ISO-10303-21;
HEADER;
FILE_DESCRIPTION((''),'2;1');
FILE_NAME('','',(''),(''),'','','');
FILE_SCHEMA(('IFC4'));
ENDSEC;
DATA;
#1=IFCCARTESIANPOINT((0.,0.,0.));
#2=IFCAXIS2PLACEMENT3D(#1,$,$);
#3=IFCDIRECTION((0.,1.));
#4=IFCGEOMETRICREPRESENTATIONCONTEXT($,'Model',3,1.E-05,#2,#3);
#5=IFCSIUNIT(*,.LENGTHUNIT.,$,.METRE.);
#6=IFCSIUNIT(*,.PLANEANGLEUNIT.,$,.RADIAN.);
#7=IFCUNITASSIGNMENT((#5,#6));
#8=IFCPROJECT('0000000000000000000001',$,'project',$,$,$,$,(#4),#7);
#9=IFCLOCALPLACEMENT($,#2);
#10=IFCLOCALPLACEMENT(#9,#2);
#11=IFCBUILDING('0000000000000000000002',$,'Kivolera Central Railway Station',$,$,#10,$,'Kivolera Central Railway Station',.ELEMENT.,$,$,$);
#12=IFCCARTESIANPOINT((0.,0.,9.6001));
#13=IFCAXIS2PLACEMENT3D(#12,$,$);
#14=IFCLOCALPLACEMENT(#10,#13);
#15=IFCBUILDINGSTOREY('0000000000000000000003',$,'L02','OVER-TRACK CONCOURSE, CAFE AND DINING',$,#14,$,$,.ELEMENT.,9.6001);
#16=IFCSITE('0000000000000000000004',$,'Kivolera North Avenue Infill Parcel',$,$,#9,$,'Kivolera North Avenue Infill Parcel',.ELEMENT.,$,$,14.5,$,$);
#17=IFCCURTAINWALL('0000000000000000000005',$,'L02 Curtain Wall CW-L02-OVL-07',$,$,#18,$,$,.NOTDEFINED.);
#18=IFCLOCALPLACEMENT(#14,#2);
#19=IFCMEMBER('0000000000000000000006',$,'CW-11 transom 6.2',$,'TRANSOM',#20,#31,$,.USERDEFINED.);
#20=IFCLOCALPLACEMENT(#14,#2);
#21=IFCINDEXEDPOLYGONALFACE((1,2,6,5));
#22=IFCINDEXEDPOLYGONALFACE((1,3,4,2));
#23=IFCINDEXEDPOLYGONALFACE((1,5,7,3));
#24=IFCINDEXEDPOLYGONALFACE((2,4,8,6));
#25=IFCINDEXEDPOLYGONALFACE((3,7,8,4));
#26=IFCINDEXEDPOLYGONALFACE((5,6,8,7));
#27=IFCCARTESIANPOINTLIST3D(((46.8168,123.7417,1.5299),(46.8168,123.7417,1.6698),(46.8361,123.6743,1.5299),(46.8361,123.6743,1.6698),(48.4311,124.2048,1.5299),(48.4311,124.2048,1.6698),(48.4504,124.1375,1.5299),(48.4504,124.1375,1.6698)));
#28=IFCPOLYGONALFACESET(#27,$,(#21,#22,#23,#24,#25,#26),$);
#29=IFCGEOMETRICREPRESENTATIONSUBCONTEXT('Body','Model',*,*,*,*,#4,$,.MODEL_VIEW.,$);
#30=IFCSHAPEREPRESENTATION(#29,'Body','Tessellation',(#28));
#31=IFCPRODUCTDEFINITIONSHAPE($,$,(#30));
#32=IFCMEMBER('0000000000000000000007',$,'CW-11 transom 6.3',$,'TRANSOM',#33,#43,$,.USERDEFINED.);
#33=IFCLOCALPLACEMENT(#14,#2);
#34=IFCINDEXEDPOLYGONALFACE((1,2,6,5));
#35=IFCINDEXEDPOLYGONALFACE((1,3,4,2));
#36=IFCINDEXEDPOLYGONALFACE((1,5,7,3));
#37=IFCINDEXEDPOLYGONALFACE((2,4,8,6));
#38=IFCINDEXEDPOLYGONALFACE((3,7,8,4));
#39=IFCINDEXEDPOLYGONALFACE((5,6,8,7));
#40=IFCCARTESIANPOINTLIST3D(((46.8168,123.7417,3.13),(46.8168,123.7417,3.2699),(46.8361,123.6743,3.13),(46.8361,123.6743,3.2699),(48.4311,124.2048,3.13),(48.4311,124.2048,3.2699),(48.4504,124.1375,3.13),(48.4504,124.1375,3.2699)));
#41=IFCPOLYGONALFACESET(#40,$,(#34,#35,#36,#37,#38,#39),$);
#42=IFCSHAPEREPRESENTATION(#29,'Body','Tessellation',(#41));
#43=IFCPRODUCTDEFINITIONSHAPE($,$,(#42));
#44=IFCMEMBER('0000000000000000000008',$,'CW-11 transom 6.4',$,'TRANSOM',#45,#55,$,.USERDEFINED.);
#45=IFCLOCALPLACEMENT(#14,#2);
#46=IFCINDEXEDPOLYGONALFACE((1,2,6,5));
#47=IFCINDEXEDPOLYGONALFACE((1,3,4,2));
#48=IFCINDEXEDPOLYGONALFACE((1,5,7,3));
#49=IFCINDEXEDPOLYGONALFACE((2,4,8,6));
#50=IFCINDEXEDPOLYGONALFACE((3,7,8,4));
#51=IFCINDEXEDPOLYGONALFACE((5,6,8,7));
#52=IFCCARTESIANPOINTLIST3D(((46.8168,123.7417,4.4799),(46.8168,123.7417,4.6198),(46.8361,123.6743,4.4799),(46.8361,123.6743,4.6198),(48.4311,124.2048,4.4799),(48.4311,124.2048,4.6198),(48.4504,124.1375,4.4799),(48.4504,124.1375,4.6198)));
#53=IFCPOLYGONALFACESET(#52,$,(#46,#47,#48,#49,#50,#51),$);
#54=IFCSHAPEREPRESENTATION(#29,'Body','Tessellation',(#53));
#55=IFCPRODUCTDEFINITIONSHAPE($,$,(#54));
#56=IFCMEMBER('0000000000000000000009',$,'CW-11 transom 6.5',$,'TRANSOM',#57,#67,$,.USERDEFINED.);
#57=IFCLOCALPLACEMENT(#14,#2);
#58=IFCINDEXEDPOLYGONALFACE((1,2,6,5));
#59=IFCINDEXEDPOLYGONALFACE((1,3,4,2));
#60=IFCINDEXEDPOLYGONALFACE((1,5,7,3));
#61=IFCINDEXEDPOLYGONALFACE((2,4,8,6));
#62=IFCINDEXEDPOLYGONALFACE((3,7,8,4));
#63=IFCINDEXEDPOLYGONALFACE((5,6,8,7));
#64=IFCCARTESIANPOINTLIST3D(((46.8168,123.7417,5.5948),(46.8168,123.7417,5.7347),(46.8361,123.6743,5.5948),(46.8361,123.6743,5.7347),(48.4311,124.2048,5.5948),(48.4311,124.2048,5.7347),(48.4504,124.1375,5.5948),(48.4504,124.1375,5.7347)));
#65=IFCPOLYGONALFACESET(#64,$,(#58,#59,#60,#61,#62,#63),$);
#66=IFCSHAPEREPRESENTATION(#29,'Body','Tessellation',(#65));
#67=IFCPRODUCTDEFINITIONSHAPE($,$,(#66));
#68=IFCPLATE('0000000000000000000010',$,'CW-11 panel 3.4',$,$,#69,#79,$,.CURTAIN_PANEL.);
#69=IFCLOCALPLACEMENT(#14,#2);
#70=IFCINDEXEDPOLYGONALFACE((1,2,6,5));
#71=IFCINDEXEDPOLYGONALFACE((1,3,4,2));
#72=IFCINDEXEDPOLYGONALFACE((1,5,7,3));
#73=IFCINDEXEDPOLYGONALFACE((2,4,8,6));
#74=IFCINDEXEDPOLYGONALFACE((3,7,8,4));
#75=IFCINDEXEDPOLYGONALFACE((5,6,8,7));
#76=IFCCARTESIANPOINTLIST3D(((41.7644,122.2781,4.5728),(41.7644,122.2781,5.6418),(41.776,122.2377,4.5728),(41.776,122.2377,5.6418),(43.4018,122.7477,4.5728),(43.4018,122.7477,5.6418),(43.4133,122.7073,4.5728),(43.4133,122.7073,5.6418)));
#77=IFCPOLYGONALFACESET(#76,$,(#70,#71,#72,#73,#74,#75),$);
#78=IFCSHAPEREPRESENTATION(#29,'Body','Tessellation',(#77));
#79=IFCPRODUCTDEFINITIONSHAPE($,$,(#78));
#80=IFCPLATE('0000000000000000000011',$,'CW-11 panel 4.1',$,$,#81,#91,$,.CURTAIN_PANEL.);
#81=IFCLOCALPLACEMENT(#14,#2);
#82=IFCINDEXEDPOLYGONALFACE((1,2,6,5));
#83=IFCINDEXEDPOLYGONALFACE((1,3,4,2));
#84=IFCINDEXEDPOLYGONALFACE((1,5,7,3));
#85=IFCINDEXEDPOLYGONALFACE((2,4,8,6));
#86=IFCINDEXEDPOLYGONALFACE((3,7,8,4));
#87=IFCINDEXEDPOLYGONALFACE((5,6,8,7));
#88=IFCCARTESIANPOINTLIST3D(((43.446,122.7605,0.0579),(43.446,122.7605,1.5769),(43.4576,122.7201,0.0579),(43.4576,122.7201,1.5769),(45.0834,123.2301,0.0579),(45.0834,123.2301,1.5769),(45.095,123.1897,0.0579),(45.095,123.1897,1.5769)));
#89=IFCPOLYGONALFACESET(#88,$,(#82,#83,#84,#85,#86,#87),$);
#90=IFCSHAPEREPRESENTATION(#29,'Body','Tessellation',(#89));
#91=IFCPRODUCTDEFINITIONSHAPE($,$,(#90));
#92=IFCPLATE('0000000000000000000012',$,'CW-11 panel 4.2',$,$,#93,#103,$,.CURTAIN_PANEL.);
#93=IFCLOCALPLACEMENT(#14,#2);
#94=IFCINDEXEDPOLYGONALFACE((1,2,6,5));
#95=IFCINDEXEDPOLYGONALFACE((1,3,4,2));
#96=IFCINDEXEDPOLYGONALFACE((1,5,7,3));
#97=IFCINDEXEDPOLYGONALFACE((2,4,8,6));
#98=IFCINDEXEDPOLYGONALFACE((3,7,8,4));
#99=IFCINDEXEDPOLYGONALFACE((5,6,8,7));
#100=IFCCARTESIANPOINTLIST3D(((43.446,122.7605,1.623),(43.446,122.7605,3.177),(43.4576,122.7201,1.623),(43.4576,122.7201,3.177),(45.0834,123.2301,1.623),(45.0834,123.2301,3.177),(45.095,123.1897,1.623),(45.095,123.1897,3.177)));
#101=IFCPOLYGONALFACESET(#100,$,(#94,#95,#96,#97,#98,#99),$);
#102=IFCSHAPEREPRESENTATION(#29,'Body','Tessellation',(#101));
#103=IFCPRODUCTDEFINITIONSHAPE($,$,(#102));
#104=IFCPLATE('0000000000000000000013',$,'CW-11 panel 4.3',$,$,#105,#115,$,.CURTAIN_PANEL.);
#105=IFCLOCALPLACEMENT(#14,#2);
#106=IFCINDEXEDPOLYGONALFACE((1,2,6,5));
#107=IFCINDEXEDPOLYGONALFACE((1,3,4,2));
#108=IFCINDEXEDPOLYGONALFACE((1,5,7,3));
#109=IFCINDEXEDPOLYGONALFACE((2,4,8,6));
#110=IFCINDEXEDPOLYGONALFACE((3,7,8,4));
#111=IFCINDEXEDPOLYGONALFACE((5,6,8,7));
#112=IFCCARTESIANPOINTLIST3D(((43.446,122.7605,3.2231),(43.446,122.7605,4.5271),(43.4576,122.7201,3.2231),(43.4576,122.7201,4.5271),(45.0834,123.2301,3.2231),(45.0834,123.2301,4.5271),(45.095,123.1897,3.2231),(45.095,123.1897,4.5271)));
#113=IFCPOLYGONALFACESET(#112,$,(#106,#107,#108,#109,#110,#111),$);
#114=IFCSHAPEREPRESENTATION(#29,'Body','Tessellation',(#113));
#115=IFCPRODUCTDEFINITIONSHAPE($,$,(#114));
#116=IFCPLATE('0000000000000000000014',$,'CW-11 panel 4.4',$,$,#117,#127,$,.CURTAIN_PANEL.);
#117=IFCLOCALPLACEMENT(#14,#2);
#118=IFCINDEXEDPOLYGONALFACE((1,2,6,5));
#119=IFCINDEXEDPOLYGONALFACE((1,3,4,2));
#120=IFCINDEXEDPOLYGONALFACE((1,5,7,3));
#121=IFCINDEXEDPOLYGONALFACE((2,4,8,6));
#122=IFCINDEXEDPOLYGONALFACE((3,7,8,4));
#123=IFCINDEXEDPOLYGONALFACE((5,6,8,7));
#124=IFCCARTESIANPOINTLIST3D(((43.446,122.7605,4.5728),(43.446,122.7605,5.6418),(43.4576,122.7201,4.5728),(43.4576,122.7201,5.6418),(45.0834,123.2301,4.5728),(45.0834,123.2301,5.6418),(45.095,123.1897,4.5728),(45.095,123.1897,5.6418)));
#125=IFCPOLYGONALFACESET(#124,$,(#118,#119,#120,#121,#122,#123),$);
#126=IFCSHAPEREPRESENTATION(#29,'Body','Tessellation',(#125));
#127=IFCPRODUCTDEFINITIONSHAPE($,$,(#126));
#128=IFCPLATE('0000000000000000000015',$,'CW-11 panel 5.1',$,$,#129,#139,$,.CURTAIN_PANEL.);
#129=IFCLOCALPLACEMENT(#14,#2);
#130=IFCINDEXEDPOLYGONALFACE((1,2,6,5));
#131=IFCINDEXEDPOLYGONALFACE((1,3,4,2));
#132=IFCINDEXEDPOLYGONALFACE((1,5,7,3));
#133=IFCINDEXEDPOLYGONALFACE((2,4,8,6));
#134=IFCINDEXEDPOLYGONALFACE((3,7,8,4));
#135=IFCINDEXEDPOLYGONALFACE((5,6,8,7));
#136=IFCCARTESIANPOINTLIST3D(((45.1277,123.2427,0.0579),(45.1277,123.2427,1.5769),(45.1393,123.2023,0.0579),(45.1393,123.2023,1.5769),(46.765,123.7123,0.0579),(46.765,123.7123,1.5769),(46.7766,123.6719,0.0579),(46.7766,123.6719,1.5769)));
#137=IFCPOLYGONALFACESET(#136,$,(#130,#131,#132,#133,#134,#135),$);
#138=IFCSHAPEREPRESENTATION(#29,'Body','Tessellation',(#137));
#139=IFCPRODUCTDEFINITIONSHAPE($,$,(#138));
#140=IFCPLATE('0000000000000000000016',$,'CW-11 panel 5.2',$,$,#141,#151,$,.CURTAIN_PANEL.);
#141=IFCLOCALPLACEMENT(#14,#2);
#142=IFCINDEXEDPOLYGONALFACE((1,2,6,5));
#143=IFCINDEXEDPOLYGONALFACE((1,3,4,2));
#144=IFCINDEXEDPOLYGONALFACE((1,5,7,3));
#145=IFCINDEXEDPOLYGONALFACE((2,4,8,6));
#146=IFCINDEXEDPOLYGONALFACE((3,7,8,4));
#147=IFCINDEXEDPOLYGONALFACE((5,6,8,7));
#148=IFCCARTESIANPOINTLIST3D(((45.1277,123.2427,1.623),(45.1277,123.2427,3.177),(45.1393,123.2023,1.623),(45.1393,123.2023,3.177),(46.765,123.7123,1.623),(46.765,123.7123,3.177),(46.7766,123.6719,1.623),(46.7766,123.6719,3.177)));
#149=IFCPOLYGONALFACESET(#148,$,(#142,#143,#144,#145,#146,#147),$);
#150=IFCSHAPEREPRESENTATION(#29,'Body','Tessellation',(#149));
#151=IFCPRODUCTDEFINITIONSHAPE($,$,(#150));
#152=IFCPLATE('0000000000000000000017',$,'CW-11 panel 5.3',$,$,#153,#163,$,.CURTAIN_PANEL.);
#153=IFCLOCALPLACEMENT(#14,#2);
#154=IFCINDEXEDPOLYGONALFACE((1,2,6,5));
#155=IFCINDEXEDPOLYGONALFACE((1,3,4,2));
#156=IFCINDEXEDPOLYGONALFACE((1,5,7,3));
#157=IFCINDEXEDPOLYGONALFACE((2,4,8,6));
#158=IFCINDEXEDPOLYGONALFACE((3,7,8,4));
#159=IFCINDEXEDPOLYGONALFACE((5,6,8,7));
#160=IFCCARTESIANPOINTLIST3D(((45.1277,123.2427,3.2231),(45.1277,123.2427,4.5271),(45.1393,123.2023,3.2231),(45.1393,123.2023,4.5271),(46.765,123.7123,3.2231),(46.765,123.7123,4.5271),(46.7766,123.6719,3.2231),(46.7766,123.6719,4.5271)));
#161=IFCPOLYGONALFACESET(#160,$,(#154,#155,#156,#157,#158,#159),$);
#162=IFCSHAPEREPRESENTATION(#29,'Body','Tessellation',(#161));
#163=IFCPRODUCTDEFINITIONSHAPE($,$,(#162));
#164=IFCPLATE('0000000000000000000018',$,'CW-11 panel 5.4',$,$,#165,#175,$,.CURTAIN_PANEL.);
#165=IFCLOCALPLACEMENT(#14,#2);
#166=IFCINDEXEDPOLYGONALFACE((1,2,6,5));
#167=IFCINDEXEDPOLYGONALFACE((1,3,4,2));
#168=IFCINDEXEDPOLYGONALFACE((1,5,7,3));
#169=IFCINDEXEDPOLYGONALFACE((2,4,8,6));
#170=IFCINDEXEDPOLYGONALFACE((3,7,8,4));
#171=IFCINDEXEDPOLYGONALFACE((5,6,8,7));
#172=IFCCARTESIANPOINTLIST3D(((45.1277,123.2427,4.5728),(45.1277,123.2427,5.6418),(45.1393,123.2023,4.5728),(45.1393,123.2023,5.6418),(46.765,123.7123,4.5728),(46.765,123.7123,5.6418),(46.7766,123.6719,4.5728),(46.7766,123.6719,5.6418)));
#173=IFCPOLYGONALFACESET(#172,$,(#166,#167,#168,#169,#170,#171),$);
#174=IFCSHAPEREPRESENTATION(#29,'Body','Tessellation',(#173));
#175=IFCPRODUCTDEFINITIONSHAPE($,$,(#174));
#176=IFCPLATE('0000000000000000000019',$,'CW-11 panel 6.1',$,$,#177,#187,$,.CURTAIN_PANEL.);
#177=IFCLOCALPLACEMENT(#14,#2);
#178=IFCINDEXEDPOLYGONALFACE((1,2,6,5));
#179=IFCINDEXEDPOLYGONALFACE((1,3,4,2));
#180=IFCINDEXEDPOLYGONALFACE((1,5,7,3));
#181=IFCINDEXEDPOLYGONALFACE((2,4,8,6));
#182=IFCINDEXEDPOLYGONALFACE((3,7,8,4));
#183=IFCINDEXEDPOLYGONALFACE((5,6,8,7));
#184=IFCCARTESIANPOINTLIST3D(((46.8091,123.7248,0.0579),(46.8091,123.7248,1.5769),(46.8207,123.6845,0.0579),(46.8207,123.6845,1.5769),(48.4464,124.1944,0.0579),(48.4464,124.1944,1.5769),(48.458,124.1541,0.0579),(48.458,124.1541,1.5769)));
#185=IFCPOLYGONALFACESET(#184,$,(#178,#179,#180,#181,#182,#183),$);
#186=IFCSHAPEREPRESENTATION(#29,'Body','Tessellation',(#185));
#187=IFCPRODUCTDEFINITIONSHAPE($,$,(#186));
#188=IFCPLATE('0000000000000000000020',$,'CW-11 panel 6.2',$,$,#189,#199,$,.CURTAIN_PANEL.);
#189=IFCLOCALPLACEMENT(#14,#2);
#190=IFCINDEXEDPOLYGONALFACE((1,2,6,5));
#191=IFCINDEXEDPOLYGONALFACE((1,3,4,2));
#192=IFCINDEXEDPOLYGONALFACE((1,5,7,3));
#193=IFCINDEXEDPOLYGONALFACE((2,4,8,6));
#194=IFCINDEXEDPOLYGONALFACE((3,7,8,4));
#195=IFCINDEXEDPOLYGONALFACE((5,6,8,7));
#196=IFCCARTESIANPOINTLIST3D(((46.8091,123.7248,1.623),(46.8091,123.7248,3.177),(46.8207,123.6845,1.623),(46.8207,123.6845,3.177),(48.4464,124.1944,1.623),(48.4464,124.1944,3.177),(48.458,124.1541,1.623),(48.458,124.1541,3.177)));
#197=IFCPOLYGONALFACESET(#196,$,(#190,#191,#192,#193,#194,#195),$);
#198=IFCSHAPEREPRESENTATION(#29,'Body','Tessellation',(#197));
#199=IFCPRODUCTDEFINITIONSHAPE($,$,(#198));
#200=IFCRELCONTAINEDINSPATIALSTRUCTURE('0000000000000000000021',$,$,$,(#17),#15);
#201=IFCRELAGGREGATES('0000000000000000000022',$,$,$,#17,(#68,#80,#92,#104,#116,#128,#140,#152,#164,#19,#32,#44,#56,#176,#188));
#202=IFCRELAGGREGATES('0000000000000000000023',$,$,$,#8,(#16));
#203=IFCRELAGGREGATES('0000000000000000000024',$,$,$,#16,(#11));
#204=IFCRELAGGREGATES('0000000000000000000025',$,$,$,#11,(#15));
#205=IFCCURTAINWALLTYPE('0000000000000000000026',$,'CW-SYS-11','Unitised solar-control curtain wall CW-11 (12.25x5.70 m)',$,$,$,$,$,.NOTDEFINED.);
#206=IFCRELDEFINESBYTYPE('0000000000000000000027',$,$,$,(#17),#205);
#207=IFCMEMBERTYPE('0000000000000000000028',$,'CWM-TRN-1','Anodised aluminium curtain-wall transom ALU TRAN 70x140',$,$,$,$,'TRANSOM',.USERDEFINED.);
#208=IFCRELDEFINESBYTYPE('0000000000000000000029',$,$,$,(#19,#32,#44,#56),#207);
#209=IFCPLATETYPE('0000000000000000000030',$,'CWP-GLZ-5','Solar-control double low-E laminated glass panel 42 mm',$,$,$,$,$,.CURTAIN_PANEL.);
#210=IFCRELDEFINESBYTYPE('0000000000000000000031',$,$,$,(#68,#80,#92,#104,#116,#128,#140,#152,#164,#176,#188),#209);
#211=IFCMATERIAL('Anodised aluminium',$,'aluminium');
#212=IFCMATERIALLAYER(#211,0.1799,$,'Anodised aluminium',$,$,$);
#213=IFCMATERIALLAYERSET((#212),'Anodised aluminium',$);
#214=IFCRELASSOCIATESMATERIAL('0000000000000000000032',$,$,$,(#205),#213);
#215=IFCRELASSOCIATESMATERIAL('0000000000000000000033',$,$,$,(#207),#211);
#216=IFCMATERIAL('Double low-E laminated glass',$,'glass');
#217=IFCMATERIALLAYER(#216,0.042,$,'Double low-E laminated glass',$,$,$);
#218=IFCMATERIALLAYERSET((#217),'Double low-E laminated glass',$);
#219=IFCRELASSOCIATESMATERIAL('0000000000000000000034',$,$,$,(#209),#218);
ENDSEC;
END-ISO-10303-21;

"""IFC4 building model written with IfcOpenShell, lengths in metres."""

from ifc_helpers import new_model, si_unit, direction, frame, origin, origin_2d, place, context, subcontext, project, spatial, rectangle, extrude, material, layer, layer_set, material_profile, profile_set, type_object, element, aggregate, save


model = new_model("IFC4")

# Units and contexts
model_context = context("Model", 3, precision=1e-05, world=origin(), true_north=direction((0.0, 1.0)))
body_context = subcontext(model_context, "Body", "Model", "MODEL_VIEW")
ifc_project = project(units=[si_unit("LENGTHUNIT", "METRE"), si_unit("PLANEANGLEUNIT", "RADIAN")], contexts=[model_context])

# Site, building, storey
site_placement = place(None, origin())
site = spatial("IfcSite", under=ifc_project, at=site_placement, Name="Kivolera North Avenue Infill Parcel", LongName="Kivolera North Avenue Infill Parcel", CompositionType="ELEMENT", RefElevation=14.5)
building_placement = place(site_placement, origin())
building = spatial("IfcBuilding", under=site, at=building_placement, Name="Kivolera Central Railway Station", LongName="Kivolera Central Railway Station", CompositionType="ELEMENT")
storey_placement = place(building_placement, frame((0.0, 0.0, 9.6001)))
storey = spatial("IfcBuildingStorey", under=building, at=storey_placement, Name="L02", Description="OVER-TRACK CONCOURSE, CAFE AND DINING", CompositionType="ELEMENT", Elevation=9.6001)

# Curtain wall, members, plates
ifc_material_1 = material(Name="Anodised aluminium", Category="aluminium")
ifc_layer_1 = layer(ifc_material_1, 0.1799, Name="Anodised aluminium")
ifc_layer_set_1 = layer_set([ifc_layer_1], Name="Anodised aluminium")
curtain_wall_type = type_object("IfcCurtainWallType", Name="CW-SYS-11", Description="Unitised solar-control curtain wall CW-11 (12.25x5.70 m)", PredefinedType="NOTDEFINED", material=ifc_layer_set_1)
curtain_wall_placement = place(storey_placement, origin())
curtain_wall = element("IfcCurtainWall", 1, at=curtain_wall_placement, inside=storey, type_object=curtain_wall_type, Name="L02 Curtain Wall CW-L02-OVL-07", PredefinedType="NOTDEFINED")
ifc_material_profile_1 = material_profile(ifc_material_1, rectangle(XDim=0.0701, YDim=0.1399, at=origin_2d()), Name="ALU TRAN 70x140")
ifc_profile_set_1 = profile_set([ifc_material_profile_1], Name="Anodised aluminium")
member_type_1 = type_object("IfcMemberType", Name="CWM-TRN-1", Description="Anodised aluminium curtain-wall transom ALU TRAN 70x140", ElementType="TRANSOM", PredefinedType="USERDEFINED", material=ifc_profile_set_1)
member_1_placement = place(storey_placement, frame((46.8264, 123.708, 1.5999), z_axis=(0.961222, 0.275777, 0.0), x_axis=(-0.275777, 0.961222, 0.0)))
member_1 = element("IfcMember", 2, at=member_1_placement, type_object=member_type_1, Name="CW-11 transom 6.2", ObjectType="TRANSOM", PredefinedType="USERDEFINED", context=body_context, shape_type="SweptSolid", body=[
    extrude(rectangle(XDim=0.0701, YDim=0.1399, at=origin_2d()), origin(), (0.0, 0.0, 1.0), 1.6794),
])
member_2_placement = place(storey_placement, frame((46.8264, 123.708, 3.2), z_axis=(0.961222, 0.275777, 0.0), x_axis=(-0.275777, 0.961222, 0.0)))
member_2 = element("IfcMember", 3, at=member_2_placement, type_object=member_type_1, Name="CW-11 transom 6.3", ObjectType="TRANSOM", PredefinedType="USERDEFINED", context=body_context, shape_type="SweptSolid", body=[
    extrude(rectangle(XDim=0.0701, YDim=0.1399, at=origin_2d()), origin(), (0.0, 0.0, 1.0), 1.6794),
])
member_3_placement = place(storey_placement, frame((46.8264, 123.708, 4.5498), z_axis=(0.961222, 0.275777, 0.0), x_axis=(-0.275777, 0.961222, 0.0)))
member_3 = element("IfcMember", 4, at=member_3_placement, type_object=member_type_1, Name="CW-11 transom 6.4", ObjectType="TRANSOM", PredefinedType="USERDEFINED", context=body_context, shape_type="SweptSolid", body=[
    extrude(rectangle(XDim=0.0701, YDim=0.1399, at=origin_2d()), origin(), (0.0, 0.0, 1.0), 1.6794),
])
member_4_placement = place(storey_placement, frame((46.8264, 123.708, 5.6648), z_axis=(0.961222, 0.275777, 0.0), x_axis=(-0.275777, 0.961222, 0.0)))
member_4 = element("IfcMember", 5, at=member_4_placement, type_object=member_type_1, Name="CW-11 transom 6.5", ObjectType="TRANSOM", PredefinedType="USERDEFINED", context=body_context, shape_type="SweptSolid", body=[
    extrude(rectangle(XDim=0.0701, YDim=0.1399, at=origin_2d()), origin(), (0.0, 0.0, 1.0), 1.6794),
])
ifc_material_2 = material(Name="Double low-E laminated glass", Category="glass")
ifc_layer_2 = layer(ifc_material_2, 0.042, Name="Double low-E laminated glass")
ifc_layer_set_2 = layer_set([ifc_layer_2], Name="Double low-E laminated glass")
plate_type = type_object("IfcPlateType", Name="CWP-GLZ-5", Description="Solar-control double low-E laminated glass panel 42 mm", PredefinedType="CURTAIN_PANEL", material=ifc_layer_set_2)
plate_1_placement = place(storey_placement, frame((42.5889, 122.4927, 4.5728), z_axis=(0.0, 0.0, 1.0), x_axis=(0.961246, 0.275692, 0.0)))
plate_1 = element("IfcPlate", 6, at=plate_1_placement, type_object=plate_type, Name="CW-11 panel 3.4", PredefinedType="CURTAIN_PANEL", context=body_context, shape_type="SweptSolid", body=[
    extrude(rectangle(XDim=1.7034, YDim=0.042, at=origin_2d()), origin(), (0.0, 0.0, 1.0), 1.0691),
])
plate_2_placement = place(storey_placement, frame((44.2705, 122.9751, 0.0579), z_axis=(0.0, 0.0, 1.0), x_axis=(0.961246, 0.275692, 0.0)))
plate_2 = element("IfcPlate", 7, at=plate_2_placement, type_object=plate_type, Name="CW-11 panel 4.1", PredefinedType="CURTAIN_PANEL", context=body_context, shape_type="SweptSolid", body=[
    extrude(rectangle(XDim=1.7034, YDim=0.042, at=origin_2d()), origin(), (0.0, 0.0, 1.0), 1.519),
])
plate_3_placement = place(storey_placement, frame((44.2705, 122.9751, 1.623), z_axis=(0.0, 0.0, 1.0), x_axis=(0.961246, 0.275692, 0.0)))
plate_3 = element("IfcPlate", 8, at=plate_3_placement, type_object=plate_type, Name="CW-11 panel 4.2", PredefinedType="CURTAIN_PANEL", context=body_context, shape_type="SweptSolid", body=[
    extrude(rectangle(XDim=1.7034, YDim=0.042, at=origin_2d()), origin(), (0.0, 0.0, 1.0), 1.554),
])
plate_4_placement = place(storey_placement, frame((44.2705, 122.9751, 3.2231), z_axis=(0.0, 0.0, 1.0), x_axis=(0.961246, 0.275692, 0.0)))
plate_4 = element("IfcPlate", 9, at=plate_4_placement, type_object=plate_type, Name="CW-11 panel 4.3", PredefinedType="CURTAIN_PANEL", context=body_context, shape_type="SweptSolid", body=[
    extrude(rectangle(XDim=1.7034, YDim=0.042, at=origin_2d()), origin(), (0.0, 0.0, 1.0), 1.304),
])
plate_5_placement = place(storey_placement, frame((44.2705, 122.9751, 4.5728), z_axis=(0.0, 0.0, 1.0), x_axis=(0.961246, 0.275692, 0.0)))
plate_5 = element("IfcPlate", 10, at=plate_5_placement, type_object=plate_type, Name="CW-11 panel 4.4", PredefinedType="CURTAIN_PANEL", context=body_context, shape_type="SweptSolid", body=[
    extrude(rectangle(XDim=1.7034, YDim=0.042, at=origin_2d()), origin(), (0.0, 0.0, 1.0), 1.0691),
])
plate_6_placement = place(storey_placement, frame((45.9521, 123.4573, 0.0579), z_axis=(0.0, 0.0, 1.0), x_axis=(0.961246, 0.275692, 0.0)))
plate_6 = element("IfcPlate", 11, at=plate_6_placement, type_object=plate_type, Name="CW-11 panel 5.1", PredefinedType="CURTAIN_PANEL", context=body_context, shape_type="SweptSolid", body=[
    extrude(rectangle(XDim=1.7034, YDim=0.042, at=origin_2d()), origin(), (0.0, 0.0, 1.0), 1.519),
])
plate_7_placement = place(storey_placement, frame((45.9521, 123.4573, 1.623), z_axis=(0.0, 0.0, 1.0), x_axis=(0.961246, 0.275692, 0.0)))
plate_7 = element("IfcPlate", 12, at=plate_7_placement, type_object=plate_type, Name="CW-11 panel 5.2", PredefinedType="CURTAIN_PANEL", context=body_context, shape_type="SweptSolid", body=[
    extrude(rectangle(XDim=1.7034, YDim=0.042, at=origin_2d()), origin(), (0.0, 0.0, 1.0), 1.554),
])
plate_8_placement = place(storey_placement, frame((45.9521, 123.4573, 3.2231), z_axis=(0.0, 0.0, 1.0), x_axis=(0.961246, 0.275692, 0.0)))
plate_8 = element("IfcPlate", 13, at=plate_8_placement, type_object=plate_type, Name="CW-11 panel 5.3", PredefinedType="CURTAIN_PANEL", context=body_context, shape_type="SweptSolid", body=[
    extrude(rectangle(XDim=1.7034, YDim=0.042, at=origin_2d()), origin(), (0.0, 0.0, 1.0), 1.304),
])
plate_9_placement = place(storey_placement, frame((45.9521, 123.4573, 4.5728), z_axis=(0.0, 0.0, 1.0), x_axis=(0.961246, 0.275692, 0.0)))
plate_9 = element("IfcPlate", 14, at=plate_9_placement, type_object=plate_type, Name="CW-11 panel 5.4", PredefinedType="CURTAIN_PANEL", context=body_context, shape_type="SweptSolid", body=[
    extrude(rectangle(XDim=1.7034, YDim=0.042, at=origin_2d()), origin(), (0.0, 0.0, 1.0), 1.0691),
])
plate_10_placement = place(storey_placement, frame((47.6335, 123.9395, 0.0579), z_axis=(0.0, 0.0, 1.0), x_axis=(0.961246, 0.275692, 0.0)))
plate_10 = element("IfcPlate", 15, at=plate_10_placement, type_object=plate_type, Name="CW-11 panel 6.1", PredefinedType="CURTAIN_PANEL", context=body_context, shape_type="SweptSolid", body=[
    extrude(rectangle(XDim=1.7034, YDim=0.042, at=origin_2d()), origin(), (0.0, 0.0, 1.0), 1.519),
])
plate_11_placement = place(storey_placement, frame((47.6335, 123.9395, 1.623), z_axis=(0.0, 0.0, 1.0), x_axis=(0.961246, 0.275692, 0.0)))
plate_11 = element("IfcPlate", 16, at=plate_11_placement, type_object=plate_type, Name="CW-11 panel 6.2", PredefinedType="CURTAIN_PANEL", context=body_context, shape_type="SweptSolid", body=[
    extrude(rectangle(XDim=1.7034, YDim=0.042, at=origin_2d()), origin(), (0.0, 0.0, 1.0), 1.554),
])
aggregate(curtain_wall, [plate_1, plate_2, plate_3, plate_4, plate_5, plate_6, plate_7, plate_8, plate_9, member_1, member_2, member_3, member_4, plate_10, plate_11])

save(model, "model.ifc")
